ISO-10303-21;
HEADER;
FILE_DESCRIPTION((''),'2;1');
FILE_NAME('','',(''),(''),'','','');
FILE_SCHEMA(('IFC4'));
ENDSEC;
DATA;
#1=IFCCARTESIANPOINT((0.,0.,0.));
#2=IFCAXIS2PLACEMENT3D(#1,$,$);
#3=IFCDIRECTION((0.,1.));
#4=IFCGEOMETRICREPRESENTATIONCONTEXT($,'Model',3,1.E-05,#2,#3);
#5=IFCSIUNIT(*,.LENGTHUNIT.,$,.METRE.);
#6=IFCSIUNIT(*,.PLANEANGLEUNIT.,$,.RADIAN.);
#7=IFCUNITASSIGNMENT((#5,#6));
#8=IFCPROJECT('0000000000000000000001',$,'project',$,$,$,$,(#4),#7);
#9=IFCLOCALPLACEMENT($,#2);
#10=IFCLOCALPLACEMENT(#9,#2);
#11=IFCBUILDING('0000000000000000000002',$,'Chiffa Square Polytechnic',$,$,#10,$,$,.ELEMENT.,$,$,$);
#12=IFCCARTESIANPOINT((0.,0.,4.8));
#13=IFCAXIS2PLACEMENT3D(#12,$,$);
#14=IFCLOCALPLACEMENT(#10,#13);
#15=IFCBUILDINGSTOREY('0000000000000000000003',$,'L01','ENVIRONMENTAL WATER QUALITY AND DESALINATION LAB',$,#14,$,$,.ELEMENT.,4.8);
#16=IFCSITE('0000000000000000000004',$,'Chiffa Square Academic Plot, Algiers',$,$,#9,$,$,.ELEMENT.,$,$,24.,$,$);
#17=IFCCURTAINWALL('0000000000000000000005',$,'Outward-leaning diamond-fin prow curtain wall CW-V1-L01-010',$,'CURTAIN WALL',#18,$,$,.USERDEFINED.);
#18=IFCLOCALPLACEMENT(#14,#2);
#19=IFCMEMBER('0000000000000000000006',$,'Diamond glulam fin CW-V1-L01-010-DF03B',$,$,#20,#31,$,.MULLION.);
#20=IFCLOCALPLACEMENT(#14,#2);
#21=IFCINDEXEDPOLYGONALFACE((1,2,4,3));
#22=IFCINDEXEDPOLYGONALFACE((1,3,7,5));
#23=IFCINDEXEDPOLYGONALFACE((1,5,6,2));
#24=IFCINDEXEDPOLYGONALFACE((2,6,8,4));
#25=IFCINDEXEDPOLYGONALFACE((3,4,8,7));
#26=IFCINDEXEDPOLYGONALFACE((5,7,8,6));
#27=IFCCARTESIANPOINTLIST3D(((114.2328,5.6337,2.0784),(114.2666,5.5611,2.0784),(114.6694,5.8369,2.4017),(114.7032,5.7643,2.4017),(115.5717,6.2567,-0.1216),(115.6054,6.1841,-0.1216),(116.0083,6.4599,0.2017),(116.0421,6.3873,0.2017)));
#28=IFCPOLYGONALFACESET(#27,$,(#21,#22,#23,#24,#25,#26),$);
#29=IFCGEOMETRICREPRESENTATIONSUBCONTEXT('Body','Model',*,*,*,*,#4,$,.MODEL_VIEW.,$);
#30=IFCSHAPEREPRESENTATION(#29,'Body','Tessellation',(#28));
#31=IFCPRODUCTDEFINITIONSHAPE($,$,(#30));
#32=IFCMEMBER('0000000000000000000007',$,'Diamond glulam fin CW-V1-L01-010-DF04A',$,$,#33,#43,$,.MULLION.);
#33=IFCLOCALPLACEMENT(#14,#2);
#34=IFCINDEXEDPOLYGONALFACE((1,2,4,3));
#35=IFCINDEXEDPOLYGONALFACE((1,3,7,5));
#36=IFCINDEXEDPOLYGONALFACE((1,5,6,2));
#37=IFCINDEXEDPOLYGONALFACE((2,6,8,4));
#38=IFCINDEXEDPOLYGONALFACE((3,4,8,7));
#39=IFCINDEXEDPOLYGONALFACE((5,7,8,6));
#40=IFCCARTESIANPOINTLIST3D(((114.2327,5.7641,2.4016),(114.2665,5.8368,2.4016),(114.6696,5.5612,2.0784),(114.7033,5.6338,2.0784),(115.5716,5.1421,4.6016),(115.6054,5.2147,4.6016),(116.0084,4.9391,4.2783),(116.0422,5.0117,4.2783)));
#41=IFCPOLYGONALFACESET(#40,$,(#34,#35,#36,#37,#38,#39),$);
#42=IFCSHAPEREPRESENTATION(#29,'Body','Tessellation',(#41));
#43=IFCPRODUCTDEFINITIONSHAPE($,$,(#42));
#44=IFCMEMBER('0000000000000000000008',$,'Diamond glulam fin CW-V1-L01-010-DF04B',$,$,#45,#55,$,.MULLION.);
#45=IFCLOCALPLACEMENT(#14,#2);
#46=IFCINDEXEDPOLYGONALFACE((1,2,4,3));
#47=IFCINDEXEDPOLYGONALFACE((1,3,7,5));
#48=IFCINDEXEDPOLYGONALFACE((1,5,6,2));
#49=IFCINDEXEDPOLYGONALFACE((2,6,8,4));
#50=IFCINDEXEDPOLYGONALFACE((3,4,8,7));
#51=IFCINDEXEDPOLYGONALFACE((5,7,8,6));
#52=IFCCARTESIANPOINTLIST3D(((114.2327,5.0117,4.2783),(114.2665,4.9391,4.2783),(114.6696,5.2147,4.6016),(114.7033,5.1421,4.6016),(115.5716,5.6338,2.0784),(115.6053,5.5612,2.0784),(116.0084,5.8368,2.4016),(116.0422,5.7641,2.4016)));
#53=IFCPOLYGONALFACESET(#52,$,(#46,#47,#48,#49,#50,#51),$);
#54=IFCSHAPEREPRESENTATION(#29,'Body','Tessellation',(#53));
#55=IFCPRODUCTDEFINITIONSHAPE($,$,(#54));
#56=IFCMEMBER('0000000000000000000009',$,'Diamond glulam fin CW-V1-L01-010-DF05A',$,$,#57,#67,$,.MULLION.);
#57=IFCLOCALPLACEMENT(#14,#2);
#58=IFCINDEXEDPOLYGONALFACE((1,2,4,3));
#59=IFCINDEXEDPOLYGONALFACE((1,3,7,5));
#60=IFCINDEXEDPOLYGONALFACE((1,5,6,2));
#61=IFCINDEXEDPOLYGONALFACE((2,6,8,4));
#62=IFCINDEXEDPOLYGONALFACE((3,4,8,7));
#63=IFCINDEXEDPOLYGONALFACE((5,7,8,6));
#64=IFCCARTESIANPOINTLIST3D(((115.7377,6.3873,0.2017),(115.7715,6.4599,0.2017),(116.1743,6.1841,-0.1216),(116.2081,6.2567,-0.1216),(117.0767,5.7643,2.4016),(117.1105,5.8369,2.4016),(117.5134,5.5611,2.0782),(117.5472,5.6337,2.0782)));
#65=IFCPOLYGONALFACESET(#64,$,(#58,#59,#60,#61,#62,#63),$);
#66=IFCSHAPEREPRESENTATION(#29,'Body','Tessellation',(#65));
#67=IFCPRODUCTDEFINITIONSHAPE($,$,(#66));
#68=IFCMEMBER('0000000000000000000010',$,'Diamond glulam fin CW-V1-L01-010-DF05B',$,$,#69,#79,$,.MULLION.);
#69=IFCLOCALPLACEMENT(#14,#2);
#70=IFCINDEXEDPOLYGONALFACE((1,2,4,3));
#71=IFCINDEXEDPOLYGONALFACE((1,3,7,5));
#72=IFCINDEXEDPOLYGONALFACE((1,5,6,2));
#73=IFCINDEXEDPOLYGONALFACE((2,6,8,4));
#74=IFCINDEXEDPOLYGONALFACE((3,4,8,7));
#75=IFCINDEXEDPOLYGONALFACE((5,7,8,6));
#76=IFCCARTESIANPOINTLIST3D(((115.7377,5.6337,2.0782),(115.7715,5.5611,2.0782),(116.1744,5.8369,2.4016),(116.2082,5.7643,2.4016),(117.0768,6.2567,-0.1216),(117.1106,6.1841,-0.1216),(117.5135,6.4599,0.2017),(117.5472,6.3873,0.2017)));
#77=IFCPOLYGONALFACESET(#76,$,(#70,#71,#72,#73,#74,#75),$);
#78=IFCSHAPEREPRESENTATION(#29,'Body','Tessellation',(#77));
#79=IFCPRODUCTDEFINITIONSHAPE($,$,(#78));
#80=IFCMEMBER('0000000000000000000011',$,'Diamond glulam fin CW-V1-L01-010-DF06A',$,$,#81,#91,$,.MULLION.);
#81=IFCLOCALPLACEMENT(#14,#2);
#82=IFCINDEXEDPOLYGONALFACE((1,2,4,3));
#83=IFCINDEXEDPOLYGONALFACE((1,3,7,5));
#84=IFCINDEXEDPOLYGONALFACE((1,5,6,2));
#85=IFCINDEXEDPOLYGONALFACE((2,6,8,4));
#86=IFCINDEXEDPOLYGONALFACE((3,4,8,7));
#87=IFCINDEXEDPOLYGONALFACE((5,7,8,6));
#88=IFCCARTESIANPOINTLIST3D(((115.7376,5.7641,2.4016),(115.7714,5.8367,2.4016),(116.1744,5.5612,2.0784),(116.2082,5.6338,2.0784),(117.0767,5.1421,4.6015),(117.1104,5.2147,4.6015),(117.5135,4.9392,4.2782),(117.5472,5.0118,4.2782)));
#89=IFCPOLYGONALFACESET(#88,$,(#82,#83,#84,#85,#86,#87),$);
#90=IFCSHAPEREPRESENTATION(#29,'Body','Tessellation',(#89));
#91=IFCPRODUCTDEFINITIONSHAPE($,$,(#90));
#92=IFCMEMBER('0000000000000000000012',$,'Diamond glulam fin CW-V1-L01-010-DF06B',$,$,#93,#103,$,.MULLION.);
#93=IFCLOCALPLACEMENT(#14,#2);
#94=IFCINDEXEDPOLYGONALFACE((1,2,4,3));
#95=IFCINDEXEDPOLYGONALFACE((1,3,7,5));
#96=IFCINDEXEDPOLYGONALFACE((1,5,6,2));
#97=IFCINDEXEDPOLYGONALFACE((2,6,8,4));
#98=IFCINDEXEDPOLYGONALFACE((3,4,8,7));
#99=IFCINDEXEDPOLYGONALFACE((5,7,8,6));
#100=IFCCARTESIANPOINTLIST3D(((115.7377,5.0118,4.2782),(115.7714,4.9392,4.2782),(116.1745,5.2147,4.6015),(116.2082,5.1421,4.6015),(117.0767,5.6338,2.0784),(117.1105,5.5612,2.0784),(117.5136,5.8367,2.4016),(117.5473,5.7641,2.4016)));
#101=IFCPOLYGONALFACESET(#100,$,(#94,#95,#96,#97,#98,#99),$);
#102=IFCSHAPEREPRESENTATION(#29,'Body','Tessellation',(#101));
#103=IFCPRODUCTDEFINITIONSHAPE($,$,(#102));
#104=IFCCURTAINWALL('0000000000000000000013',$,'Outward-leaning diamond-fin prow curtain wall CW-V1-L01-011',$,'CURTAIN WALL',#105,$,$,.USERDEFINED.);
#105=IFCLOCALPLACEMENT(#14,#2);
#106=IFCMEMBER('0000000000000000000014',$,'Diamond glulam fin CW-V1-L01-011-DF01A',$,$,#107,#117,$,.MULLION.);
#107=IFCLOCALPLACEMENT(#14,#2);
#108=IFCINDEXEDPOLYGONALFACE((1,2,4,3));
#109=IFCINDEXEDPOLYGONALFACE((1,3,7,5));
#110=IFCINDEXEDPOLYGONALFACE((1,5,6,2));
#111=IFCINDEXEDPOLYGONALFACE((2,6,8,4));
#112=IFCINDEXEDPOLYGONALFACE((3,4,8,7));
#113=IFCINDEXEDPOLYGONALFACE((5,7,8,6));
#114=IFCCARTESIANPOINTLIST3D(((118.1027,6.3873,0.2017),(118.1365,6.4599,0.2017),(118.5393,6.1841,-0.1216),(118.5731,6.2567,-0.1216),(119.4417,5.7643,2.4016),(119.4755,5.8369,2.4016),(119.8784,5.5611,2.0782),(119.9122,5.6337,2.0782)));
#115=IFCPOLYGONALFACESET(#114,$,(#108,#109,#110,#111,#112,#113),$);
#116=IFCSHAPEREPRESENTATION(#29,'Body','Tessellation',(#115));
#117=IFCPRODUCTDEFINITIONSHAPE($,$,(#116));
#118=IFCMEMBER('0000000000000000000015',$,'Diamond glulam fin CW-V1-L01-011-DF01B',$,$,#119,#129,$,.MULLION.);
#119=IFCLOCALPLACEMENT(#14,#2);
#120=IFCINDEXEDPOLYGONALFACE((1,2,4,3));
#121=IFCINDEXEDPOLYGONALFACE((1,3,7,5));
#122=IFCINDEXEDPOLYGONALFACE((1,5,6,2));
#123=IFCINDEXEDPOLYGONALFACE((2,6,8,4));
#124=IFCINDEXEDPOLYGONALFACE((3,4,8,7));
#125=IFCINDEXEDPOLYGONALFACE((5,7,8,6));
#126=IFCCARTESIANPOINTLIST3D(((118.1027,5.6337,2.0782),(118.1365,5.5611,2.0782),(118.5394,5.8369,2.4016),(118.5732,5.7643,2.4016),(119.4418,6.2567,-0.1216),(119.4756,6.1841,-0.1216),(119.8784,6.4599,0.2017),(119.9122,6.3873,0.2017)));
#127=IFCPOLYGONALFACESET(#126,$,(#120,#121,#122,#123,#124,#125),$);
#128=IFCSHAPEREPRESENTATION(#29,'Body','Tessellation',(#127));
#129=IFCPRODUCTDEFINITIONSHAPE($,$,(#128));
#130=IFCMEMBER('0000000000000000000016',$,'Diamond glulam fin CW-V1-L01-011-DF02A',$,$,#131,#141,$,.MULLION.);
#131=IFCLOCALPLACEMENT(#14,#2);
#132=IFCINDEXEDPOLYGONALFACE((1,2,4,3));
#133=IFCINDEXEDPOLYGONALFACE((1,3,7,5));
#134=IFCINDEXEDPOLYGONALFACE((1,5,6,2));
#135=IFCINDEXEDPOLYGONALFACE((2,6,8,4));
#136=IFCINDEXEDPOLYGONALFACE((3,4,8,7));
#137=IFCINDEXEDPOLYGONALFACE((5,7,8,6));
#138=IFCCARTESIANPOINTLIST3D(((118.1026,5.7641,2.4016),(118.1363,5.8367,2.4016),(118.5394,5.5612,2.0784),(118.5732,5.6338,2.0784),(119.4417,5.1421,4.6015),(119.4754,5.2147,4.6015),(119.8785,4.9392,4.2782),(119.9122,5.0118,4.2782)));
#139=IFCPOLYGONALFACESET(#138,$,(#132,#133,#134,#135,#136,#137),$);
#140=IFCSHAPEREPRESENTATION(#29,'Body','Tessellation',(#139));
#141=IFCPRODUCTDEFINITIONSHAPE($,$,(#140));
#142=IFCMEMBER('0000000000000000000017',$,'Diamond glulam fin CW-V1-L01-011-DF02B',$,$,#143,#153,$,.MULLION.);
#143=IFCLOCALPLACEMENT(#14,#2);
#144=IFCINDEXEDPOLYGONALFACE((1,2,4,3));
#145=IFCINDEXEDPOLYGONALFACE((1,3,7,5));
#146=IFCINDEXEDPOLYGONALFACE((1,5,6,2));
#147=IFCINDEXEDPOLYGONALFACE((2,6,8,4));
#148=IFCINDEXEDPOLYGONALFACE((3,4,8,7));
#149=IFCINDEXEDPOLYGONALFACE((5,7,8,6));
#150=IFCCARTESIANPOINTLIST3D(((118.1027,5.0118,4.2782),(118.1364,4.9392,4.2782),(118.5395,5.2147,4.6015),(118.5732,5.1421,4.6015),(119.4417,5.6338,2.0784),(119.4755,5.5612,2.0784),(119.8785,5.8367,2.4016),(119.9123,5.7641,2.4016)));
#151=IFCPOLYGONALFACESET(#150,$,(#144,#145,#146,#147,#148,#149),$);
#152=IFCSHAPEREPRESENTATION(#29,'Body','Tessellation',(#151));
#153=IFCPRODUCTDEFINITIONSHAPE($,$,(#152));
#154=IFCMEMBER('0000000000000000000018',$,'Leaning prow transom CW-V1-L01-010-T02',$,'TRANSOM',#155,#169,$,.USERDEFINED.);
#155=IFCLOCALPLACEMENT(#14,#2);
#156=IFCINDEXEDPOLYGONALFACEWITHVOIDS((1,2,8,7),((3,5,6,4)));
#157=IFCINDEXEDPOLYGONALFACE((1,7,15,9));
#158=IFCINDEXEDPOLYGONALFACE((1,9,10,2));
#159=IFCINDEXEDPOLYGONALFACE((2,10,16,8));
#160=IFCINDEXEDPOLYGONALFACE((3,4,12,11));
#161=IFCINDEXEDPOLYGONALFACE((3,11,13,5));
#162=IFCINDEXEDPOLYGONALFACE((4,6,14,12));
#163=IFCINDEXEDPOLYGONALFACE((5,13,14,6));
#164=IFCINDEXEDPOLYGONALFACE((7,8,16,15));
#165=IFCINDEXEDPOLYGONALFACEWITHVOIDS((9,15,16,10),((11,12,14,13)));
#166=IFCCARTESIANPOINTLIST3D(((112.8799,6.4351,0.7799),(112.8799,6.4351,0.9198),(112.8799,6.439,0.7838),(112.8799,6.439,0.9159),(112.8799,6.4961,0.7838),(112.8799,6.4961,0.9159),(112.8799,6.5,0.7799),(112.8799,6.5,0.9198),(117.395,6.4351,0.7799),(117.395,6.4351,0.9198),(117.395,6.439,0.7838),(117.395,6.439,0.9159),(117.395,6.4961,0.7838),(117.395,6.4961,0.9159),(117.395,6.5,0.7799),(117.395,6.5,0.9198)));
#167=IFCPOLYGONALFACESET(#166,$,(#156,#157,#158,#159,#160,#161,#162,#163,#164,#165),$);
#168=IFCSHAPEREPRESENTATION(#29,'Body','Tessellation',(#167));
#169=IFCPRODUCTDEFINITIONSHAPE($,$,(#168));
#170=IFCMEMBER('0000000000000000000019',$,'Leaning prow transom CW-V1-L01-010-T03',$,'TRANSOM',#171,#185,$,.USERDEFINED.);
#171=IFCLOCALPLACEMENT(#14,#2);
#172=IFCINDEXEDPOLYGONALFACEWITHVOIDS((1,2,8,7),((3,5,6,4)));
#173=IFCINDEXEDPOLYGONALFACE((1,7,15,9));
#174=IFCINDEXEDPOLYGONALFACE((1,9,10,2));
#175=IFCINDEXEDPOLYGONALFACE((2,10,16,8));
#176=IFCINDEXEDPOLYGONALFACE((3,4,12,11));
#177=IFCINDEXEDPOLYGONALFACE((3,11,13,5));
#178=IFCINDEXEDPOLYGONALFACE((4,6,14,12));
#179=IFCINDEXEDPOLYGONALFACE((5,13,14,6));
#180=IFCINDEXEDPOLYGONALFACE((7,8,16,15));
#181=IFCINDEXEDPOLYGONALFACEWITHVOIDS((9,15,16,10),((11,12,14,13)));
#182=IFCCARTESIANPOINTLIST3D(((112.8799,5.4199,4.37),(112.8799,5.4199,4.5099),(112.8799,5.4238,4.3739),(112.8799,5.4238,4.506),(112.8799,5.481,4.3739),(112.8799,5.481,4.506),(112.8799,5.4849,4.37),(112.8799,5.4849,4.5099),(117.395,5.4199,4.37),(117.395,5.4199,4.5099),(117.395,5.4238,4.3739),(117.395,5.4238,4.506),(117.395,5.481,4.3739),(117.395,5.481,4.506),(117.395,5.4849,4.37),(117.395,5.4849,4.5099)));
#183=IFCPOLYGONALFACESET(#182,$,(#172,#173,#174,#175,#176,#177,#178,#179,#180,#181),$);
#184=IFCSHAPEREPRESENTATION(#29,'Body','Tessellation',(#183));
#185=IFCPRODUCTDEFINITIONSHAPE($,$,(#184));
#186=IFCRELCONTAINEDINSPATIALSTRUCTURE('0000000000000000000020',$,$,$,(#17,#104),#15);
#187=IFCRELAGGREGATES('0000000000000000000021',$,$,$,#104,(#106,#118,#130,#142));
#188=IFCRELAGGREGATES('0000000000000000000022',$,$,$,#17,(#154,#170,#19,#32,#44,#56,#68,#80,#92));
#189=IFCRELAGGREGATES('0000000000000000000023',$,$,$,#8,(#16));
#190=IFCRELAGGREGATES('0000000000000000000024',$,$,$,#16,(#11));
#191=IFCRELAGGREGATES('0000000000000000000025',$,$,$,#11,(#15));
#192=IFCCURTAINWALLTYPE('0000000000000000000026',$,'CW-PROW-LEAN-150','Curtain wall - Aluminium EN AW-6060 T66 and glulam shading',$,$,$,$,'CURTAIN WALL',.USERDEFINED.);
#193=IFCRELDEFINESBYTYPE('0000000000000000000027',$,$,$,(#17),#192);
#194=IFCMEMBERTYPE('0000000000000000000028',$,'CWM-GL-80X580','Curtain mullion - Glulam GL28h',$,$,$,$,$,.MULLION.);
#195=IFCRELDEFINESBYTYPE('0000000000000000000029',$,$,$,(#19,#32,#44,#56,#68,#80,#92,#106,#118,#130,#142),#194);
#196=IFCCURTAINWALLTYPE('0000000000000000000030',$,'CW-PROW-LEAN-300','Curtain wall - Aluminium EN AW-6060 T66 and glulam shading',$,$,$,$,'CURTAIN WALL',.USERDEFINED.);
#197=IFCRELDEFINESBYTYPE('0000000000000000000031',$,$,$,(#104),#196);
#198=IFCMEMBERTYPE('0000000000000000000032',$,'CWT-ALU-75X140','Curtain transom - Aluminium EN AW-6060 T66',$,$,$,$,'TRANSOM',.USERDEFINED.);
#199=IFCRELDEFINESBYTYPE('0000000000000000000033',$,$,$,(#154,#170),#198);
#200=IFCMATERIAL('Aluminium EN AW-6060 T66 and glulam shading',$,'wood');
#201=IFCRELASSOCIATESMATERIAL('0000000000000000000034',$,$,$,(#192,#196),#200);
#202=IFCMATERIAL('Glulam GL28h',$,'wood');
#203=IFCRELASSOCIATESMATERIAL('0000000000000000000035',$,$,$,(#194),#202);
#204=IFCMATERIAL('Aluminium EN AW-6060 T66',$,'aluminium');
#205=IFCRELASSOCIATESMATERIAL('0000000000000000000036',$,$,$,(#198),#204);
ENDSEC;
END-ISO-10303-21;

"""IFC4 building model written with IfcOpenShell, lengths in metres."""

from ifc_helpers import new_model, si_unit, direction, frame, origin, origin_2d, place, context, subcontext, project, spatial, rectangle, hollow_rectangle, extrude, material, material_profile, profile_set, type_object, element, aggregate, save


model = new_model("IFC4")

# Units and contexts
model_context = context("Model", 3, precision=1e-05, world=origin(), true_north=direction((0.0, 1.0)))
body_context = subcontext(model_context, "Body", "Model", "MODEL_VIEW")
ifc_project = project(units=[si_unit("LENGTHUNIT", "METRE"), si_unit("PLANEANGLEUNIT", "RADIAN")], contexts=[model_context])

# Site, building, storey
site_placement = place(None, origin())
site = spatial("IfcSite", under=ifc_project, at=site_placement, Name="Chiffa Square Academic Plot, Algiers", CompositionType="ELEMENT", RefElevation=24.0)
building_placement = place(site_placement, origin())
building = spatial("IfcBuilding", under=site, at=building_placement, Name="Chiffa Square Polytechnic", CompositionType="ELEMENT")
storey_placement = place(building_placement, frame((0.0, 0.0, 4.8)))
storey = spatial("IfcBuildingStorey", under=building, at=storey_placement, Name="L01", Description="ENVIRONMENTAL WATER QUALITY AND DESALINATION LAB", CompositionType="ELEMENT", Elevation=4.8)

# Curtain walls, members
ifc_material_1 = material(Name="Aluminium EN AW-6060 T66 and glulam shading", Category="wood")
curtain_wall_type_1 = type_object("IfcCurtainWallType", Name="CW-PROW-LEAN-150", Description="Curtain wall - Aluminium EN AW-6060 T66 and glulam shading", ElementType="CURTAIN WALL", PredefinedType="USERDEFINED", material=ifc_material_1)
curtain_wall_1_placement = place(storey_placement, origin())
curtain_wall_1 = element("IfcCurtainWall", 1, at=curtain_wall_1_placement, inside=storey, type_object=curtain_wall_type_1, Name="Outward-leaning diamond-fin prow curtain wall CW-V1-L01-010", ObjectType="CURTAIN WALL", PredefinedType="USERDEFINED")
ifc_material_2 = material(Name="Glulam GL28h", Category="wood")
ifc_material_profile_1 = material_profile(ifc_material_2, rectangle(XDim=0.0801, YDim=0.5801, at=origin_2d()), Name="GL28h 80x580")
ifc_profile_set_1 = profile_set([ifc_material_profile_1], Name="Glulam GL28h")
member_type_1 = type_object("IfcMemberType", Name="CWM-GL-80X580", Description="Curtain mullion - Glulam GL28h", PredefinedType="MULLION", material=ifc_profile_set_1)
member_1_placement = place(storey_placement, frame((115.8069, 6.322, 0.04), z_axis=(-0.505303, -0.235145, 0.830286), x_axis=(0.421908, -0.906639, 0.0)))
member_1 = element("IfcMember", 2, at=member_1_placement, type_object=member_type_1, Name="Diamond glulam fin CW-V1-L01-010-DF03B", PredefinedType="MULLION", context=body_context, shape_type="SweptSolid", body=[
    extrude(rectangle(XDim=0.0801, YDim=0.5801, at=origin_2d()), origin(), (0.0, 0.0, 1.0), 2.6497),
])
member_2_placement = place(storey_placement, frame((114.468, 5.699, 2.24), z_axis=(0.505347, -0.234797, 0.830358), x_axis=(0.421364, 0.906892, 0.0)))
member_2 = element("IfcMember", 3, at=member_2_placement, type_object=member_type_1, Name="Diamond glulam fin CW-V1-L01-010-DF04A", PredefinedType="MULLION", context=body_context, shape_type="SweptSolid", body=[
    extrude(rectangle(XDim=0.0801, YDim=0.5801, at=origin_2d()), origin(), (0.0, 0.0, 1.0), 2.6494),
])
member_3_placement = place(storey_placement, frame((115.8069, 5.699, 2.24), z_axis=(-0.505347, -0.234797, 0.830358), x_axis=(0.421364, -0.906892, 0.0)))
member_3 = element("IfcMember", 4, at=member_3_placement, type_object=member_type_1, Name="Diamond glulam fin CW-V1-L01-010-DF04B", PredefinedType="MULLION", context=body_context, shape_type="SweptSolid", body=[
    extrude(rectangle(XDim=0.0801, YDim=0.5801, at=origin_2d()), origin(), (0.0, 0.0, 1.0), 2.6494),
])
member_4_placement = place(storey_placement, frame((115.9729, 6.322, 0.04), z_axis=(0.505372, -0.235134, 0.830248), x_axis=(0.421845, 0.906668, 0.0)))
member_4 = element("IfcMember", 5, at=member_4_placement, type_object=member_type_1, Name="Diamond glulam fin CW-V1-L01-010-DF05A", PredefinedType="MULLION", context=body_context, shape_type="SweptSolid", body=[
    extrude(rectangle(XDim=0.0801, YDim=0.5801, at=origin_2d()), origin(), (0.0, 0.0, 1.0), 2.6497),
])
member_5_placement = place(storey_placement, frame((117.312, 6.322, 0.04), z_axis=(-0.505372, -0.235134, 0.830248), x_axis=(0.421845, -0.906668, 0.0)))
member_5 = element("IfcMember", 6, at=member_5_placement, type_object=member_type_1, Name="Diamond glulam fin CW-V1-L01-010-DF05B", PredefinedType="MULLION", context=body_context, shape_type="SweptSolid", body=[
    extrude(rectangle(XDim=0.0801, YDim=0.5801, at=origin_2d()), origin(), (0.0, 0.0, 1.0), 2.6497),
])
member_6_placement = place(storey_placement, frame((115.9729, 5.699, 2.24), z_axis=(0.505416, -0.234786, 0.830319), x_axis=(0.421301, 0.906921, 0.0)))
member_6 = element("IfcMember", 7, at=member_6_placement, type_object=member_type_1, Name="Diamond glulam fin CW-V1-L01-010-DF06A", PredefinedType="MULLION", context=body_context, shape_type="SweptSolid", body=[
    extrude(rectangle(XDim=0.0801, YDim=0.5801, at=origin_2d()), origin(), (0.0, 0.0, 1.0), 2.6494),
])
member_7_placement = place(storey_placement, frame((117.312, 5.699, 2.24), z_axis=(-0.505416, -0.234786, 0.830319), x_axis=(0.421301, -0.906921, 0.0)))
member_7 = element("IfcMember", 8, at=member_7_placement, type_object=member_type_1, Name="Diamond glulam fin CW-V1-L01-010-DF06B", PredefinedType="MULLION", context=body_context, shape_type="SweptSolid", body=[
    extrude(rectangle(XDim=0.0801, YDim=0.5801, at=origin_2d()), origin(), (0.0, 0.0, 1.0), 2.6494),
])
curtain_wall_type_2 = type_object("IfcCurtainWallType", Name="CW-PROW-LEAN-300", Description="Curtain wall - Aluminium EN AW-6060 T66 and glulam shading", ElementType="CURTAIN WALL", PredefinedType="USERDEFINED", material=ifc_material_1)
curtain_wall_2_placement = place(storey_placement, origin())
curtain_wall_2 = element("IfcCurtainWall", 9, at=curtain_wall_2_placement, inside=storey, type_object=curtain_wall_type_2, Name="Outward-leaning diamond-fin prow curtain wall CW-V1-L01-011", ObjectType="CURTAIN WALL", PredefinedType="USERDEFINED")
member_8_placement = place(storey_placement, frame((118.3379, 6.322, 0.04), z_axis=(0.505372, -0.235134, 0.830248), x_axis=(0.421845, 0.906668, 0.0)))
member_8 = element("IfcMember", 10, at=member_8_placement, type_object=member_type_1, Name="Diamond glulam fin CW-V1-L01-011-DF01A", PredefinedType="MULLION", context=body_context, shape_type="SweptSolid", body=[
    extrude(rectangle(XDim=0.0801, YDim=0.5801, at=origin_2d()), origin(), (0.0, 0.0, 1.0), 2.6497),
])
member_9_placement = place(storey_placement, frame((119.677, 6.322, 0.04), z_axis=(-0.505372, -0.235134, 0.830248), x_axis=(0.421845, -0.906668, 0.0)))
member_9 = element("IfcMember", 11, at=member_9_placement, type_object=member_type_1, Name="Diamond glulam fin CW-V1-L01-011-DF01B", PredefinedType="MULLION", context=body_context, shape_type="SweptSolid", body=[
    extrude(rectangle(XDim=0.0801, YDim=0.5801, at=origin_2d()), origin(), (0.0, 0.0, 1.0), 2.6497),
])
member_10_placement = place(storey_placement, frame((118.3379, 5.699, 2.24), z_axis=(0.505416, -0.234786, 0.830319), x_axis=(0.421301, 0.906921, 0.0)))
member_10 = element("IfcMember", 12, at=member_10_placement, type_object=member_type_1, Name="Diamond glulam fin CW-V1-L01-011-DF02A", PredefinedType="MULLION", context=body_context, shape_type="SweptSolid", body=[
    extrude(rectangle(XDim=0.0801, YDim=0.5801, at=origin_2d()), origin(), (0.0, 0.0, 1.0), 2.6494),
])
member_11_placement = place(storey_placement, frame((119.677, 5.699, 2.24), z_axis=(-0.505416, -0.234786, 0.830319), x_axis=(0.421301, -0.906921, 0.0)))
member_11 = element("IfcMember", 13, at=member_11_placement, type_object=member_type_1, Name="Diamond glulam fin CW-V1-L01-011-DF02B", PredefinedType="MULLION", context=body_context, shape_type="SweptSolid", body=[
    extrude(rectangle(XDim=0.0801, YDim=0.5801, at=origin_2d()), origin(), (0.0, 0.0, 1.0), 2.6494),
])

# Members
ifc_material_3 = material(Name="Aluminium EN AW-6060 T66", Category="aluminium")
ifc_material_profile_2 = material_profile(ifc_material_3, hollow_rectangle(XDim=0.0649, YDim=0.1399, WallThickness=0.0039, at=origin_2d()), Name="ALU 65x140x4")
ifc_profile_set_2 = profile_set([ifc_material_profile_2], Name="Aluminium EN AW-6060 T66")
member_type_2 = type_object("IfcMemberType", Name="CWT-ALU-75X140", Description="Curtain transom - Aluminium EN AW-6060 T66", ElementType="TRANSOM", PredefinedType="USERDEFINED", material=ifc_profile_set_2)
member_12_placement = place(storey_placement, frame((112.8799, 6.4675, 0.8499), z_axis=(1.0, 0.0, 0.0), x_axis=(0.0, 1.0, 0.0)))
member_12 = element("IfcMember", 14, at=member_12_placement, type_object=member_type_2, Name="Leaning prow transom CW-V1-L01-010-T02", ObjectType="TRANSOM", PredefinedType="USERDEFINED", context=body_context, shape_type="SweptSolid", body=[
    extrude(hollow_rectangle(XDim=0.0649, YDim=0.1399, WallThickness=0.0039, at=origin_2d()), origin(), (0.0, 0.0, 1.0), 4.5151),
])
member_13_placement = place(storey_placement, frame((112.8799, 5.4524, 4.4399), z_axis=(1.0, 0.0, 0.0), x_axis=(0.0, 1.0, 0.0)))
member_13 = element("IfcMember", 15, at=member_13_placement, type_object=member_type_2, Name="Leaning prow transom CW-V1-L01-010-T03", ObjectType="TRANSOM", PredefinedType="USERDEFINED", context=body_context, shape_type="SweptSolid", body=[
    extrude(hollow_rectangle(XDim=0.0649, YDim=0.1399, WallThickness=0.0039, at=origin_2d()), origin(), (0.0, 0.0, 1.0), 4.5151),
])

aggregate(curtain_wall_2, [member_8, member_9, member_10, member_11])
aggregate(curtain_wall_1, [member_12, member_13, member_1, member_2, member_3, member_4, member_5, member_6, member_7])

save(model, "model.ifc")
